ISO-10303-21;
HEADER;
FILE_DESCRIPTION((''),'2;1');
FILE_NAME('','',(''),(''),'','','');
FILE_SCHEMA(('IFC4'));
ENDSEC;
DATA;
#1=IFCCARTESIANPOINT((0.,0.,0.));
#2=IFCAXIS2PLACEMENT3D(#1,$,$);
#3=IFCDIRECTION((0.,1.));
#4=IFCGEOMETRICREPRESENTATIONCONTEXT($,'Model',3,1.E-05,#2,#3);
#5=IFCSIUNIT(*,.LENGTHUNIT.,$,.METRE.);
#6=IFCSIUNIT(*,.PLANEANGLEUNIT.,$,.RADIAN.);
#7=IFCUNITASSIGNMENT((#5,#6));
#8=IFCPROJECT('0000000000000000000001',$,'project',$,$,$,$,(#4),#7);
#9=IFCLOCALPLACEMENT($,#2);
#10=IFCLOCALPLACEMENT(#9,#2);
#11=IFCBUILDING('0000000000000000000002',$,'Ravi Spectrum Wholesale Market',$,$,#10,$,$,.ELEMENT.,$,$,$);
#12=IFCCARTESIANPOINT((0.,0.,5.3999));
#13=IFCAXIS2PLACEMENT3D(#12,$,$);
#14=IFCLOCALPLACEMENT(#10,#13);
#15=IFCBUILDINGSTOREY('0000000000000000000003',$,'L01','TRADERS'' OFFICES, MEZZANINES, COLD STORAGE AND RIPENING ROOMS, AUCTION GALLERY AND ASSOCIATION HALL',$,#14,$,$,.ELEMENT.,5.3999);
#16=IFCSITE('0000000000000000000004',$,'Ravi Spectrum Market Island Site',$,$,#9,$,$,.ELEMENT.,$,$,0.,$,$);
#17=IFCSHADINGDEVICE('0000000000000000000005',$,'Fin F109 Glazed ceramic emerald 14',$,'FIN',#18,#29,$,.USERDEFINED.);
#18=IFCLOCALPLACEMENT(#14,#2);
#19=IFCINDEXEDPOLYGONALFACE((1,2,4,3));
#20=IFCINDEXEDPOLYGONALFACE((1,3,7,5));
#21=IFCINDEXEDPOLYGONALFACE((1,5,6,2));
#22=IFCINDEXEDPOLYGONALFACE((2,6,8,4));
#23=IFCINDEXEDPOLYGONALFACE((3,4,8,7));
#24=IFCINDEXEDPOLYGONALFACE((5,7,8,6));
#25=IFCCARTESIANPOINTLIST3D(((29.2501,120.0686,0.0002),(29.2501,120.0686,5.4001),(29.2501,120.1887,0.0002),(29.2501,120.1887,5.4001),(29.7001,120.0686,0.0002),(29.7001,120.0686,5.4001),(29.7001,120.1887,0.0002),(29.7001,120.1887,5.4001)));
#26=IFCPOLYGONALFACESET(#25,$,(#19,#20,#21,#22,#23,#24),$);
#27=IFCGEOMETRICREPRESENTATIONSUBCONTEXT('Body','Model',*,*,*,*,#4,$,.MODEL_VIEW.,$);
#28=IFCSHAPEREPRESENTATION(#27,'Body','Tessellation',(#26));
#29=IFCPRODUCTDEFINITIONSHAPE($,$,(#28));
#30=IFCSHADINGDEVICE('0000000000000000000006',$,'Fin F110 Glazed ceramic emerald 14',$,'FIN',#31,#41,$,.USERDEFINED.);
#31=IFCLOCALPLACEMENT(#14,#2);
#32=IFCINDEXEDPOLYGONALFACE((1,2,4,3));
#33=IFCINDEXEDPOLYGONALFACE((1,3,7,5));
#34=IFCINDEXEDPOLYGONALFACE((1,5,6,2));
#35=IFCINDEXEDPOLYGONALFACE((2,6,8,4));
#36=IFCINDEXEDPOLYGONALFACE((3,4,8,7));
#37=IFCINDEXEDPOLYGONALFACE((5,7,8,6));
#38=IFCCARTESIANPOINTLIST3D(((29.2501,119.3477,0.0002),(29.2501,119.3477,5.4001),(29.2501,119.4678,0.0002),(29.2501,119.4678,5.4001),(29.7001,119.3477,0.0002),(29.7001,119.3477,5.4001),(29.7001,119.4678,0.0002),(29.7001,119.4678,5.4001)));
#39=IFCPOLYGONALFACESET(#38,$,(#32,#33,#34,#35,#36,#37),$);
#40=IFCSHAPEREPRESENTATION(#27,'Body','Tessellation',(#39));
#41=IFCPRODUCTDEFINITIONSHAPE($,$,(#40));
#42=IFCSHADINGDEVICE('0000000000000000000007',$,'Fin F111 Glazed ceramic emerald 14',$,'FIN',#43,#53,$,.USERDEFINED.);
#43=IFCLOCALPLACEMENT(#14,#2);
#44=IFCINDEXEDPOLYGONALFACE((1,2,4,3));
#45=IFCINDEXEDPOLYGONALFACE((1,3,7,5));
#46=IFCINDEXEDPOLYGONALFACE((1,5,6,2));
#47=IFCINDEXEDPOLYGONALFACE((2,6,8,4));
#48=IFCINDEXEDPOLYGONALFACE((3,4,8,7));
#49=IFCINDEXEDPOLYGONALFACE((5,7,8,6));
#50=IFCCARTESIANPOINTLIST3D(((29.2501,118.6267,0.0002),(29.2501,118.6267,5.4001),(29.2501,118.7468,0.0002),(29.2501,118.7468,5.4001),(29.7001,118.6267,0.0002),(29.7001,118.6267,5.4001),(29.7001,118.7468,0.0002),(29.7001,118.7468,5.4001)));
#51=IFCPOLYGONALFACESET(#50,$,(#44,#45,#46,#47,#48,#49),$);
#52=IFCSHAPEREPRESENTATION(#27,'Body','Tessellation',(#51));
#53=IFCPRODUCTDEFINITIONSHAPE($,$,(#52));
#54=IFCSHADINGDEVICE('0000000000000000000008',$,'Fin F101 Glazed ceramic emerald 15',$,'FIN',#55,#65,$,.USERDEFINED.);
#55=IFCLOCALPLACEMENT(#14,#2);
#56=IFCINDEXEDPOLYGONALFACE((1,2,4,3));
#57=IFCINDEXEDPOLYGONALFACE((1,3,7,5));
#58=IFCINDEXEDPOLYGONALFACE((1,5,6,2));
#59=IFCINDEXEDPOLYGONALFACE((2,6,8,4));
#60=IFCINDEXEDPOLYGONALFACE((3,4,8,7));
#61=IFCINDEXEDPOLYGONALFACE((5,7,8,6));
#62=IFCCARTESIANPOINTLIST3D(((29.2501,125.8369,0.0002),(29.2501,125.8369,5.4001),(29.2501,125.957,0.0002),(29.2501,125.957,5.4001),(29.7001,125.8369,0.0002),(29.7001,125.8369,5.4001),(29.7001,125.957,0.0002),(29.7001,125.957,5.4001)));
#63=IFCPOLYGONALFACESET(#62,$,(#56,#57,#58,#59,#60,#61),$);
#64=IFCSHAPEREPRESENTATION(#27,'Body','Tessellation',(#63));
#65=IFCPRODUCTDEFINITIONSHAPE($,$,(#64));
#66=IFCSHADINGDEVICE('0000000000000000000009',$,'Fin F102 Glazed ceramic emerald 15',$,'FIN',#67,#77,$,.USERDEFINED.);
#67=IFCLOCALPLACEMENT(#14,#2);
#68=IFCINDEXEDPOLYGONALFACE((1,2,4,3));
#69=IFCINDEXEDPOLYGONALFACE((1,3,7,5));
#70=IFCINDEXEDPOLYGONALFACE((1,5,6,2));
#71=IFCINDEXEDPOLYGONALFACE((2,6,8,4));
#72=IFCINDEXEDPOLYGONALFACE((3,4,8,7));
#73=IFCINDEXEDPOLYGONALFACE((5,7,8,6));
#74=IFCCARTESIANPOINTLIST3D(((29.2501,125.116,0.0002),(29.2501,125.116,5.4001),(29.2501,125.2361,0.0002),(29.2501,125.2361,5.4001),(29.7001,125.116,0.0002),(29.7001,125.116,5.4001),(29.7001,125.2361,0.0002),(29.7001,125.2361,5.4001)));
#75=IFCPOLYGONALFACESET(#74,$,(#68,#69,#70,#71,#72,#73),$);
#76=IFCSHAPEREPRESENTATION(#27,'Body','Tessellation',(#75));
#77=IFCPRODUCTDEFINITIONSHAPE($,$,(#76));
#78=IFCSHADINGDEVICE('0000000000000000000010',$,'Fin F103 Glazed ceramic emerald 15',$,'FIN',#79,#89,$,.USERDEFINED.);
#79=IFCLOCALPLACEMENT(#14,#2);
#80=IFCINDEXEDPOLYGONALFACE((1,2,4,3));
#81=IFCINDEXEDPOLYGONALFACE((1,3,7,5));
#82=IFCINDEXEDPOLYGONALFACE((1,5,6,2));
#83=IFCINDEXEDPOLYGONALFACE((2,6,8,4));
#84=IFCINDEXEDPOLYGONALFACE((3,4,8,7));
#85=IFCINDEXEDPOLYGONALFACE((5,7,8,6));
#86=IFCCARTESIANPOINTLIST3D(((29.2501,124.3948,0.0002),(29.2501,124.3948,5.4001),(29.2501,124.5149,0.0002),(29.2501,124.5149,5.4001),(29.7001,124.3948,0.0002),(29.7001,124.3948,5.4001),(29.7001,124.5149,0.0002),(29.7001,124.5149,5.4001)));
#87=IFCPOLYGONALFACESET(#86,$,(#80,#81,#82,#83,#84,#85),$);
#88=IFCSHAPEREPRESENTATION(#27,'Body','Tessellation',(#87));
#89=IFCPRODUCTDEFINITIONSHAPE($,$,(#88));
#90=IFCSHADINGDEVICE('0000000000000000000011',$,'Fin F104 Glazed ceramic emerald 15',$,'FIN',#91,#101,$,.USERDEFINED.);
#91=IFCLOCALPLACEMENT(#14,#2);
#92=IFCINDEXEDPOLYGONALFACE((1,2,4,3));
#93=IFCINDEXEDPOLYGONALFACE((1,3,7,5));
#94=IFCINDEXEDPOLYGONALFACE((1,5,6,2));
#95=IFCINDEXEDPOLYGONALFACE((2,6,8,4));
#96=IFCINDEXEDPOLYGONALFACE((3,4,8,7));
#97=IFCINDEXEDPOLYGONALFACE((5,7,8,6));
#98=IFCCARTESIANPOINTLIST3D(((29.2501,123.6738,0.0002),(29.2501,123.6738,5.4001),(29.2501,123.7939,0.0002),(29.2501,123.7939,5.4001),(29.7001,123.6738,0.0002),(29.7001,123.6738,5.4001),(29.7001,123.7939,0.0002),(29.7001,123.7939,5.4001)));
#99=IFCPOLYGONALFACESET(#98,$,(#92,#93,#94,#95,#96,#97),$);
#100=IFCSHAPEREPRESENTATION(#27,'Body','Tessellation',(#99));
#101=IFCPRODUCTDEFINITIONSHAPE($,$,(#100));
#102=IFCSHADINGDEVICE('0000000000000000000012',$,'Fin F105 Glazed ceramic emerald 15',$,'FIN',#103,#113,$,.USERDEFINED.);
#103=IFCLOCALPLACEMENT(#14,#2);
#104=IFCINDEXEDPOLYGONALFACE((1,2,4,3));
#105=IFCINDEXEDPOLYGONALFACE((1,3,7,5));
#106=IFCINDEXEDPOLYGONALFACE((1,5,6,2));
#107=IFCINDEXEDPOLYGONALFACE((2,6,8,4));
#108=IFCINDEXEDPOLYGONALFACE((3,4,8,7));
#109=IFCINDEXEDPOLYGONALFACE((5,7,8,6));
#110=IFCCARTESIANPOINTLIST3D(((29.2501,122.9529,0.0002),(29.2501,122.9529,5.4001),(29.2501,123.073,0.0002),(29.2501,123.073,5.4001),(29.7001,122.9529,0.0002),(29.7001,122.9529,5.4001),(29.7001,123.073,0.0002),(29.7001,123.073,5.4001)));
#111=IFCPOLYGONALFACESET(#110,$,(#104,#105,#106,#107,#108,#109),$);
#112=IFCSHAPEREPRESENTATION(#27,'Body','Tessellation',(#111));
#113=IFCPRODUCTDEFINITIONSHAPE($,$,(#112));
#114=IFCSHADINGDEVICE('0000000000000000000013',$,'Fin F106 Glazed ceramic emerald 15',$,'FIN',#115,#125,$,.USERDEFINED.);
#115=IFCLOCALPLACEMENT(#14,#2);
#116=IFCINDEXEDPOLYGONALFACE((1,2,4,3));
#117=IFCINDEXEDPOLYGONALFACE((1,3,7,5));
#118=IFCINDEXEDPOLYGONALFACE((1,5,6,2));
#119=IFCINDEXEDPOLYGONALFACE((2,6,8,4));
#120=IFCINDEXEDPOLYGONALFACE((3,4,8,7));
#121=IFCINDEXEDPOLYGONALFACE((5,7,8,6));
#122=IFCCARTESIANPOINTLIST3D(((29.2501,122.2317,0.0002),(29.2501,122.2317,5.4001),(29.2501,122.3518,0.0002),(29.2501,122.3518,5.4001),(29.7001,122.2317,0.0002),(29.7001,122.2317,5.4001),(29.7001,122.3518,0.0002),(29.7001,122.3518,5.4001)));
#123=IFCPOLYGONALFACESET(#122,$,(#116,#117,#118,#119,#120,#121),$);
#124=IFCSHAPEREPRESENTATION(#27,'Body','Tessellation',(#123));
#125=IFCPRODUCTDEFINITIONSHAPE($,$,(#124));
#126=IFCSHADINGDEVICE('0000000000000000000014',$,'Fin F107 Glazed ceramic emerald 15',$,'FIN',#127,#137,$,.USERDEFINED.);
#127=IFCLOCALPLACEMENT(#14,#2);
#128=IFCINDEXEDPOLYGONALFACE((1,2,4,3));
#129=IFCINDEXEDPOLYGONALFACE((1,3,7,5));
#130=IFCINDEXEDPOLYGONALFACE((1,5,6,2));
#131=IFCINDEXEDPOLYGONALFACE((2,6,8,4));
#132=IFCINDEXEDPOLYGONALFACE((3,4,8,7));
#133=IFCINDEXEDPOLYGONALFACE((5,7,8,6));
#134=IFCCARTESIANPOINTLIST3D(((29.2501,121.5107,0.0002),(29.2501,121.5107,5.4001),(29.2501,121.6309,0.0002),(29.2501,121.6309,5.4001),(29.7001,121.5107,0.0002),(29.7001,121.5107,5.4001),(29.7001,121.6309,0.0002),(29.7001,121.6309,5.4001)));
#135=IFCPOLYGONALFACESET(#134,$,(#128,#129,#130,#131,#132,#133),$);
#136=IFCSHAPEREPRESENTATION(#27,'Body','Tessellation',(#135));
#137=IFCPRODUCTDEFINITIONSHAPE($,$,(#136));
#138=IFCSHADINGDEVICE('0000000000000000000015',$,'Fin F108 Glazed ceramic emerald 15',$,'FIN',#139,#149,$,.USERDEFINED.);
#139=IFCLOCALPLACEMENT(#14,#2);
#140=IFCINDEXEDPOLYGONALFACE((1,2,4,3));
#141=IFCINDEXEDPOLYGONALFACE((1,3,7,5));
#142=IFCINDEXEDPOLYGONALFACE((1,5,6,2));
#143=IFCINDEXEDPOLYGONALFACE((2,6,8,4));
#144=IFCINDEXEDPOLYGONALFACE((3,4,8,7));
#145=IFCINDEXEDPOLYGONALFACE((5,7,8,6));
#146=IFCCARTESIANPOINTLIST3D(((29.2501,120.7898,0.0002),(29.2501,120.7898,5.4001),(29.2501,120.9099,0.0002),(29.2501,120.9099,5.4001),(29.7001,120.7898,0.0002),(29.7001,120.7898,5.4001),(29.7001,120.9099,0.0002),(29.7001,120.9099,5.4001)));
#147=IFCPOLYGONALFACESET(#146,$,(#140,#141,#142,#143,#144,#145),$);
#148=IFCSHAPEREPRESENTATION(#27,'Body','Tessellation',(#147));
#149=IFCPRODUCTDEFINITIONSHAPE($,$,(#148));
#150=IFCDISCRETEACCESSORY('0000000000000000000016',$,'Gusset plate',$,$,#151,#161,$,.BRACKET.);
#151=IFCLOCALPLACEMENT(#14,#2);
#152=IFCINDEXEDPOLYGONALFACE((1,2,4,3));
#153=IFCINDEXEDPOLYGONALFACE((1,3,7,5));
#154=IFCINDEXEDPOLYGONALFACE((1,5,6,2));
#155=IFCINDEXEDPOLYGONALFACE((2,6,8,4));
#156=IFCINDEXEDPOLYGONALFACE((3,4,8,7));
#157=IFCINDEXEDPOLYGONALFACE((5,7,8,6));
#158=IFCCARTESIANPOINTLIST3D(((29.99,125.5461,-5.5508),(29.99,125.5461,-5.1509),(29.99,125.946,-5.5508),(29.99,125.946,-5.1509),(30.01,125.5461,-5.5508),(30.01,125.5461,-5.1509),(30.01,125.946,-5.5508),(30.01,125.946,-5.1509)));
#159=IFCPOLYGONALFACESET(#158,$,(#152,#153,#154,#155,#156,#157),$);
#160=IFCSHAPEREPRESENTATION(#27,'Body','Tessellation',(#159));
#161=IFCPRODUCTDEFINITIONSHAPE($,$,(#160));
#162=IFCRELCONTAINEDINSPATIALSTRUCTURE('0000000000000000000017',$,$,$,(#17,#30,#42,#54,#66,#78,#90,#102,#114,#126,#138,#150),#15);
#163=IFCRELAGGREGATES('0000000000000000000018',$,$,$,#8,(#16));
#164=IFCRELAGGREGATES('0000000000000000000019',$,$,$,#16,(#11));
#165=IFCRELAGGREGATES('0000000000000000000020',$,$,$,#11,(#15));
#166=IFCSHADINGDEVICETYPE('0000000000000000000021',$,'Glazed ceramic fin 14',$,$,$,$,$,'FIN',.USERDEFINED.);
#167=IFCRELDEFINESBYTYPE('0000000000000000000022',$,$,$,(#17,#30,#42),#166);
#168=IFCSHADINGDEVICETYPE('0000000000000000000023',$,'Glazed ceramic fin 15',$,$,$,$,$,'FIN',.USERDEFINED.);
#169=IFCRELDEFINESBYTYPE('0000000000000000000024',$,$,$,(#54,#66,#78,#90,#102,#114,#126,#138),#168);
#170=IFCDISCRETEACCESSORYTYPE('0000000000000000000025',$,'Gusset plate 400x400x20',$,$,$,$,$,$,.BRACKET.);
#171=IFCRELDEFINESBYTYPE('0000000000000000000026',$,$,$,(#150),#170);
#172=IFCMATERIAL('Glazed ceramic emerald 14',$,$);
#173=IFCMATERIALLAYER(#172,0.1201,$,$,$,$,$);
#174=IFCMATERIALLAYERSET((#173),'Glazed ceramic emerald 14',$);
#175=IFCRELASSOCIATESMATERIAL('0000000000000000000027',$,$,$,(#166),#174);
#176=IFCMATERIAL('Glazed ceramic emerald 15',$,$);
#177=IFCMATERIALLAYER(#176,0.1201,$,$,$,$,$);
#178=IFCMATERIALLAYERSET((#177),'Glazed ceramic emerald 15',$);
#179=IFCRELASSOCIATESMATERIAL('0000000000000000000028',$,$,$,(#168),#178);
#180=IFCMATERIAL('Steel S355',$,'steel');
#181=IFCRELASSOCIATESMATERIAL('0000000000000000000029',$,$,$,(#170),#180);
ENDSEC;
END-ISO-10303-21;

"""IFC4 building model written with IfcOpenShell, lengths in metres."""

from ifc_helpers import new_model, si_unit, direction, frame, origin, origin_2d, place, context, subcontext, project, spatial, rectangle, extrude, material, layer, layer_set, material_profile, profile_set, type_object, element, save


model = new_model("IFC4")

# Units and contexts
model_context = context("Model", 3, precision=1e-05, world=origin(), true_north=direction((0.0, 1.0)))
body_context = subcontext(model_context, "Body", "Model", "MODEL_VIEW")
ifc_project = project(units=[si_unit("LENGTHUNIT", "METRE"), si_unit("PLANEANGLEUNIT", "RADIAN")], contexts=[model_context])

# Site, building, storey
site_placement = place(None, origin())
site = spatial("IfcSite", under=ifc_project, at=site_placement, Name="Ravi Spectrum Market Island Site", CompositionType="ELEMENT", RefElevation=0.0)
building_placement = place(site_placement, origin())
building = spatial("IfcBuilding", under=site, at=building_placement, Name="Ravi Spectrum Wholesale Market", CompositionType="ELEMENT")
storey_placement = place(building_placement, frame((0.0, 0.0, 5.3999)))
storey = spatial("IfcBuildingStorey", under=building, at=storey_placement, Name="L01", Description="TRADERS' OFFICES, MEZZANINES, COLD STORAGE AND RIPENING ROOMS, AUCTION GALLERY AND ASSOCIATION HALL", CompositionType="ELEMENT", Elevation=5.3999)

# Shading devices
ifc_material_1 = material(Name="Glazed ceramic emerald 14")
ifc_layer_1 = layer(ifc_material_1, 0.1201)
ifc_layer_set_1 = layer_set([ifc_layer_1], Name="Glazed ceramic emerald 14")
shading_device_type_1 = type_object("IfcShadingDeviceType", Name="Glazed ceramic fin 14", ElementType="FIN", PredefinedType="USERDEFINED", material=ifc_layer_set_1)
for number, where, z_axis, x_axis, name in (
    (1, (29.4751, 120.1287, 0.0002), (0.0, 0.0, 1.0), (0.0, -1.0, 0.0), "Fin F109 Glazed ceramic emerald 14"),
    (2, (29.4751, 119.4077, 0.0002), (0.0, 0.0, 1.0), (0.0, -1.0, 0.0), "Fin F110 Glazed ceramic emerald 14"),
    (3, (29.4751, 118.6868, 0.0002), (0.0, 0.0, 1.0), (0.0, -1.0, 0.0), "Fin F111 Glazed ceramic emerald 14"),
):
    element("IfcShadingDevice", number, at=place(storey_placement, frame(where, z_axis=z_axis, x_axis=x_axis)), inside=storey, type_object=shading_device_type_1, Name=name, ObjectType="FIN", PredefinedType="USERDEFINED", context=body_context, shape_type="SweptSolid", body=[
        extrude(rectangle(XDim=0.1201, YDim=0.45, at=origin_2d()), origin(), (0.0, 0.0, 1.0), 5.3999),
    ])
ifc_material_2 = material(Name="Glazed ceramic emerald 15")
ifc_layer_2 = layer(ifc_material_2, 0.1201)
ifc_layer_set_2 = layer_set([ifc_layer_2], Name="Glazed ceramic emerald 15")
shading_device_type_2 = type_object("IfcShadingDeviceType", Name="Glazed ceramic fin 15", ElementType="FIN", PredefinedType="USERDEFINED", material=ifc_layer_set_2)
for number, where, z_axis, x_axis, name in (
    (4, (29.4751, 125.897, 0.0002), (0.0, 0.0, 1.0), (0.0, -1.0, 0.0), "Fin F101 Glazed ceramic emerald 15"),
    (5, (29.4751, 125.176, 0.0002), (0.0, 0.0, 1.0), (0.0, -1.0, 0.0), "Fin F102 Glazed ceramic emerald 15"),
    (6, (29.4751, 124.4548, 0.0002), (0.0, 0.0, 1.0), (0.0, -1.0, 0.0), "Fin F103 Glazed ceramic emerald 15"),
    (7, (29.4751, 123.7339, 0.0002), (0.0, 0.0, 1.0), (0.0, -1.0, 0.0), "Fin F104 Glazed ceramic emerald 15"),
    (8, (29.4751, 123.0129, 0.0002), (0.0, 0.0, 1.0), (0.0, -1.0, 0.0), "Fin F105 Glazed ceramic emerald 15"),
    (9, (29.4751, 122.2917, 0.0002), (0.0, 0.0, 1.0), (0.0, -1.0, 0.0), "Fin F106 Glazed ceramic emerald 15"),
    (10, (29.4751, 121.5708, 0.0002), (0.0, 0.0, 1.0), (0.0, -1.0, 0.0), "Fin F107 Glazed ceramic emerald 15"),
    (11, (29.4751, 120.8499, 0.0002), (0.0, 0.0, 1.0), (0.0, -1.0, 0.0), "Fin F108 Glazed ceramic emerald 15"),
):
    element("IfcShadingDevice", number, at=place(storey_placement, frame(where, z_axis=z_axis, x_axis=x_axis)), inside=storey, type_object=shading_device_type_2, Name=name, ObjectType="FIN", PredefinedType="USERDEFINED", context=body_context, shape_type="SweptSolid", body=[
        extrude(rectangle(XDim=0.1201, YDim=0.45, at=origin_2d()), origin(), (0.0, 0.0, 1.0), 5.3999),
    ])

# Discrete accessory
ifc_material_3 = material(Name="Steel S355", Category="steel")
ifc_material_profile_1 = material_profile(ifc_material_3, rectangle(XDim=0.3999, YDim=0.02, at=origin_2d()))
ifc_profile_set_1 = profile_set([ifc_material_profile_1], Name="Steel S355")
discrete_accessory_type = type_object("IfcDiscreteAccessoryType", Name="Gusset plate 400x400x20", PredefinedType="BRACKET", material=ifc_profile_set_1)
discrete_accessory_placement = place(storey_placement, frame((30.0, 125.7461, -5.5508), z_axis=(0.0, 0.0, 1.0), x_axis=(0.0, -1.0, 0.0)))
element("IfcDiscreteAccessory", 12, at=discrete_accessory_placement, inside=storey, type_object=discrete_accessory_type, Name="Gusset plate", PredefinedType="BRACKET", context=body_context, shape_type="SweptSolid", body=[
    extrude(rectangle(XDim=0.3999, YDim=0.02, at=origin_2d()), origin(), (0.0, 0.0, 1.0), 0.3999),
])

save(model, "model.ifc")
